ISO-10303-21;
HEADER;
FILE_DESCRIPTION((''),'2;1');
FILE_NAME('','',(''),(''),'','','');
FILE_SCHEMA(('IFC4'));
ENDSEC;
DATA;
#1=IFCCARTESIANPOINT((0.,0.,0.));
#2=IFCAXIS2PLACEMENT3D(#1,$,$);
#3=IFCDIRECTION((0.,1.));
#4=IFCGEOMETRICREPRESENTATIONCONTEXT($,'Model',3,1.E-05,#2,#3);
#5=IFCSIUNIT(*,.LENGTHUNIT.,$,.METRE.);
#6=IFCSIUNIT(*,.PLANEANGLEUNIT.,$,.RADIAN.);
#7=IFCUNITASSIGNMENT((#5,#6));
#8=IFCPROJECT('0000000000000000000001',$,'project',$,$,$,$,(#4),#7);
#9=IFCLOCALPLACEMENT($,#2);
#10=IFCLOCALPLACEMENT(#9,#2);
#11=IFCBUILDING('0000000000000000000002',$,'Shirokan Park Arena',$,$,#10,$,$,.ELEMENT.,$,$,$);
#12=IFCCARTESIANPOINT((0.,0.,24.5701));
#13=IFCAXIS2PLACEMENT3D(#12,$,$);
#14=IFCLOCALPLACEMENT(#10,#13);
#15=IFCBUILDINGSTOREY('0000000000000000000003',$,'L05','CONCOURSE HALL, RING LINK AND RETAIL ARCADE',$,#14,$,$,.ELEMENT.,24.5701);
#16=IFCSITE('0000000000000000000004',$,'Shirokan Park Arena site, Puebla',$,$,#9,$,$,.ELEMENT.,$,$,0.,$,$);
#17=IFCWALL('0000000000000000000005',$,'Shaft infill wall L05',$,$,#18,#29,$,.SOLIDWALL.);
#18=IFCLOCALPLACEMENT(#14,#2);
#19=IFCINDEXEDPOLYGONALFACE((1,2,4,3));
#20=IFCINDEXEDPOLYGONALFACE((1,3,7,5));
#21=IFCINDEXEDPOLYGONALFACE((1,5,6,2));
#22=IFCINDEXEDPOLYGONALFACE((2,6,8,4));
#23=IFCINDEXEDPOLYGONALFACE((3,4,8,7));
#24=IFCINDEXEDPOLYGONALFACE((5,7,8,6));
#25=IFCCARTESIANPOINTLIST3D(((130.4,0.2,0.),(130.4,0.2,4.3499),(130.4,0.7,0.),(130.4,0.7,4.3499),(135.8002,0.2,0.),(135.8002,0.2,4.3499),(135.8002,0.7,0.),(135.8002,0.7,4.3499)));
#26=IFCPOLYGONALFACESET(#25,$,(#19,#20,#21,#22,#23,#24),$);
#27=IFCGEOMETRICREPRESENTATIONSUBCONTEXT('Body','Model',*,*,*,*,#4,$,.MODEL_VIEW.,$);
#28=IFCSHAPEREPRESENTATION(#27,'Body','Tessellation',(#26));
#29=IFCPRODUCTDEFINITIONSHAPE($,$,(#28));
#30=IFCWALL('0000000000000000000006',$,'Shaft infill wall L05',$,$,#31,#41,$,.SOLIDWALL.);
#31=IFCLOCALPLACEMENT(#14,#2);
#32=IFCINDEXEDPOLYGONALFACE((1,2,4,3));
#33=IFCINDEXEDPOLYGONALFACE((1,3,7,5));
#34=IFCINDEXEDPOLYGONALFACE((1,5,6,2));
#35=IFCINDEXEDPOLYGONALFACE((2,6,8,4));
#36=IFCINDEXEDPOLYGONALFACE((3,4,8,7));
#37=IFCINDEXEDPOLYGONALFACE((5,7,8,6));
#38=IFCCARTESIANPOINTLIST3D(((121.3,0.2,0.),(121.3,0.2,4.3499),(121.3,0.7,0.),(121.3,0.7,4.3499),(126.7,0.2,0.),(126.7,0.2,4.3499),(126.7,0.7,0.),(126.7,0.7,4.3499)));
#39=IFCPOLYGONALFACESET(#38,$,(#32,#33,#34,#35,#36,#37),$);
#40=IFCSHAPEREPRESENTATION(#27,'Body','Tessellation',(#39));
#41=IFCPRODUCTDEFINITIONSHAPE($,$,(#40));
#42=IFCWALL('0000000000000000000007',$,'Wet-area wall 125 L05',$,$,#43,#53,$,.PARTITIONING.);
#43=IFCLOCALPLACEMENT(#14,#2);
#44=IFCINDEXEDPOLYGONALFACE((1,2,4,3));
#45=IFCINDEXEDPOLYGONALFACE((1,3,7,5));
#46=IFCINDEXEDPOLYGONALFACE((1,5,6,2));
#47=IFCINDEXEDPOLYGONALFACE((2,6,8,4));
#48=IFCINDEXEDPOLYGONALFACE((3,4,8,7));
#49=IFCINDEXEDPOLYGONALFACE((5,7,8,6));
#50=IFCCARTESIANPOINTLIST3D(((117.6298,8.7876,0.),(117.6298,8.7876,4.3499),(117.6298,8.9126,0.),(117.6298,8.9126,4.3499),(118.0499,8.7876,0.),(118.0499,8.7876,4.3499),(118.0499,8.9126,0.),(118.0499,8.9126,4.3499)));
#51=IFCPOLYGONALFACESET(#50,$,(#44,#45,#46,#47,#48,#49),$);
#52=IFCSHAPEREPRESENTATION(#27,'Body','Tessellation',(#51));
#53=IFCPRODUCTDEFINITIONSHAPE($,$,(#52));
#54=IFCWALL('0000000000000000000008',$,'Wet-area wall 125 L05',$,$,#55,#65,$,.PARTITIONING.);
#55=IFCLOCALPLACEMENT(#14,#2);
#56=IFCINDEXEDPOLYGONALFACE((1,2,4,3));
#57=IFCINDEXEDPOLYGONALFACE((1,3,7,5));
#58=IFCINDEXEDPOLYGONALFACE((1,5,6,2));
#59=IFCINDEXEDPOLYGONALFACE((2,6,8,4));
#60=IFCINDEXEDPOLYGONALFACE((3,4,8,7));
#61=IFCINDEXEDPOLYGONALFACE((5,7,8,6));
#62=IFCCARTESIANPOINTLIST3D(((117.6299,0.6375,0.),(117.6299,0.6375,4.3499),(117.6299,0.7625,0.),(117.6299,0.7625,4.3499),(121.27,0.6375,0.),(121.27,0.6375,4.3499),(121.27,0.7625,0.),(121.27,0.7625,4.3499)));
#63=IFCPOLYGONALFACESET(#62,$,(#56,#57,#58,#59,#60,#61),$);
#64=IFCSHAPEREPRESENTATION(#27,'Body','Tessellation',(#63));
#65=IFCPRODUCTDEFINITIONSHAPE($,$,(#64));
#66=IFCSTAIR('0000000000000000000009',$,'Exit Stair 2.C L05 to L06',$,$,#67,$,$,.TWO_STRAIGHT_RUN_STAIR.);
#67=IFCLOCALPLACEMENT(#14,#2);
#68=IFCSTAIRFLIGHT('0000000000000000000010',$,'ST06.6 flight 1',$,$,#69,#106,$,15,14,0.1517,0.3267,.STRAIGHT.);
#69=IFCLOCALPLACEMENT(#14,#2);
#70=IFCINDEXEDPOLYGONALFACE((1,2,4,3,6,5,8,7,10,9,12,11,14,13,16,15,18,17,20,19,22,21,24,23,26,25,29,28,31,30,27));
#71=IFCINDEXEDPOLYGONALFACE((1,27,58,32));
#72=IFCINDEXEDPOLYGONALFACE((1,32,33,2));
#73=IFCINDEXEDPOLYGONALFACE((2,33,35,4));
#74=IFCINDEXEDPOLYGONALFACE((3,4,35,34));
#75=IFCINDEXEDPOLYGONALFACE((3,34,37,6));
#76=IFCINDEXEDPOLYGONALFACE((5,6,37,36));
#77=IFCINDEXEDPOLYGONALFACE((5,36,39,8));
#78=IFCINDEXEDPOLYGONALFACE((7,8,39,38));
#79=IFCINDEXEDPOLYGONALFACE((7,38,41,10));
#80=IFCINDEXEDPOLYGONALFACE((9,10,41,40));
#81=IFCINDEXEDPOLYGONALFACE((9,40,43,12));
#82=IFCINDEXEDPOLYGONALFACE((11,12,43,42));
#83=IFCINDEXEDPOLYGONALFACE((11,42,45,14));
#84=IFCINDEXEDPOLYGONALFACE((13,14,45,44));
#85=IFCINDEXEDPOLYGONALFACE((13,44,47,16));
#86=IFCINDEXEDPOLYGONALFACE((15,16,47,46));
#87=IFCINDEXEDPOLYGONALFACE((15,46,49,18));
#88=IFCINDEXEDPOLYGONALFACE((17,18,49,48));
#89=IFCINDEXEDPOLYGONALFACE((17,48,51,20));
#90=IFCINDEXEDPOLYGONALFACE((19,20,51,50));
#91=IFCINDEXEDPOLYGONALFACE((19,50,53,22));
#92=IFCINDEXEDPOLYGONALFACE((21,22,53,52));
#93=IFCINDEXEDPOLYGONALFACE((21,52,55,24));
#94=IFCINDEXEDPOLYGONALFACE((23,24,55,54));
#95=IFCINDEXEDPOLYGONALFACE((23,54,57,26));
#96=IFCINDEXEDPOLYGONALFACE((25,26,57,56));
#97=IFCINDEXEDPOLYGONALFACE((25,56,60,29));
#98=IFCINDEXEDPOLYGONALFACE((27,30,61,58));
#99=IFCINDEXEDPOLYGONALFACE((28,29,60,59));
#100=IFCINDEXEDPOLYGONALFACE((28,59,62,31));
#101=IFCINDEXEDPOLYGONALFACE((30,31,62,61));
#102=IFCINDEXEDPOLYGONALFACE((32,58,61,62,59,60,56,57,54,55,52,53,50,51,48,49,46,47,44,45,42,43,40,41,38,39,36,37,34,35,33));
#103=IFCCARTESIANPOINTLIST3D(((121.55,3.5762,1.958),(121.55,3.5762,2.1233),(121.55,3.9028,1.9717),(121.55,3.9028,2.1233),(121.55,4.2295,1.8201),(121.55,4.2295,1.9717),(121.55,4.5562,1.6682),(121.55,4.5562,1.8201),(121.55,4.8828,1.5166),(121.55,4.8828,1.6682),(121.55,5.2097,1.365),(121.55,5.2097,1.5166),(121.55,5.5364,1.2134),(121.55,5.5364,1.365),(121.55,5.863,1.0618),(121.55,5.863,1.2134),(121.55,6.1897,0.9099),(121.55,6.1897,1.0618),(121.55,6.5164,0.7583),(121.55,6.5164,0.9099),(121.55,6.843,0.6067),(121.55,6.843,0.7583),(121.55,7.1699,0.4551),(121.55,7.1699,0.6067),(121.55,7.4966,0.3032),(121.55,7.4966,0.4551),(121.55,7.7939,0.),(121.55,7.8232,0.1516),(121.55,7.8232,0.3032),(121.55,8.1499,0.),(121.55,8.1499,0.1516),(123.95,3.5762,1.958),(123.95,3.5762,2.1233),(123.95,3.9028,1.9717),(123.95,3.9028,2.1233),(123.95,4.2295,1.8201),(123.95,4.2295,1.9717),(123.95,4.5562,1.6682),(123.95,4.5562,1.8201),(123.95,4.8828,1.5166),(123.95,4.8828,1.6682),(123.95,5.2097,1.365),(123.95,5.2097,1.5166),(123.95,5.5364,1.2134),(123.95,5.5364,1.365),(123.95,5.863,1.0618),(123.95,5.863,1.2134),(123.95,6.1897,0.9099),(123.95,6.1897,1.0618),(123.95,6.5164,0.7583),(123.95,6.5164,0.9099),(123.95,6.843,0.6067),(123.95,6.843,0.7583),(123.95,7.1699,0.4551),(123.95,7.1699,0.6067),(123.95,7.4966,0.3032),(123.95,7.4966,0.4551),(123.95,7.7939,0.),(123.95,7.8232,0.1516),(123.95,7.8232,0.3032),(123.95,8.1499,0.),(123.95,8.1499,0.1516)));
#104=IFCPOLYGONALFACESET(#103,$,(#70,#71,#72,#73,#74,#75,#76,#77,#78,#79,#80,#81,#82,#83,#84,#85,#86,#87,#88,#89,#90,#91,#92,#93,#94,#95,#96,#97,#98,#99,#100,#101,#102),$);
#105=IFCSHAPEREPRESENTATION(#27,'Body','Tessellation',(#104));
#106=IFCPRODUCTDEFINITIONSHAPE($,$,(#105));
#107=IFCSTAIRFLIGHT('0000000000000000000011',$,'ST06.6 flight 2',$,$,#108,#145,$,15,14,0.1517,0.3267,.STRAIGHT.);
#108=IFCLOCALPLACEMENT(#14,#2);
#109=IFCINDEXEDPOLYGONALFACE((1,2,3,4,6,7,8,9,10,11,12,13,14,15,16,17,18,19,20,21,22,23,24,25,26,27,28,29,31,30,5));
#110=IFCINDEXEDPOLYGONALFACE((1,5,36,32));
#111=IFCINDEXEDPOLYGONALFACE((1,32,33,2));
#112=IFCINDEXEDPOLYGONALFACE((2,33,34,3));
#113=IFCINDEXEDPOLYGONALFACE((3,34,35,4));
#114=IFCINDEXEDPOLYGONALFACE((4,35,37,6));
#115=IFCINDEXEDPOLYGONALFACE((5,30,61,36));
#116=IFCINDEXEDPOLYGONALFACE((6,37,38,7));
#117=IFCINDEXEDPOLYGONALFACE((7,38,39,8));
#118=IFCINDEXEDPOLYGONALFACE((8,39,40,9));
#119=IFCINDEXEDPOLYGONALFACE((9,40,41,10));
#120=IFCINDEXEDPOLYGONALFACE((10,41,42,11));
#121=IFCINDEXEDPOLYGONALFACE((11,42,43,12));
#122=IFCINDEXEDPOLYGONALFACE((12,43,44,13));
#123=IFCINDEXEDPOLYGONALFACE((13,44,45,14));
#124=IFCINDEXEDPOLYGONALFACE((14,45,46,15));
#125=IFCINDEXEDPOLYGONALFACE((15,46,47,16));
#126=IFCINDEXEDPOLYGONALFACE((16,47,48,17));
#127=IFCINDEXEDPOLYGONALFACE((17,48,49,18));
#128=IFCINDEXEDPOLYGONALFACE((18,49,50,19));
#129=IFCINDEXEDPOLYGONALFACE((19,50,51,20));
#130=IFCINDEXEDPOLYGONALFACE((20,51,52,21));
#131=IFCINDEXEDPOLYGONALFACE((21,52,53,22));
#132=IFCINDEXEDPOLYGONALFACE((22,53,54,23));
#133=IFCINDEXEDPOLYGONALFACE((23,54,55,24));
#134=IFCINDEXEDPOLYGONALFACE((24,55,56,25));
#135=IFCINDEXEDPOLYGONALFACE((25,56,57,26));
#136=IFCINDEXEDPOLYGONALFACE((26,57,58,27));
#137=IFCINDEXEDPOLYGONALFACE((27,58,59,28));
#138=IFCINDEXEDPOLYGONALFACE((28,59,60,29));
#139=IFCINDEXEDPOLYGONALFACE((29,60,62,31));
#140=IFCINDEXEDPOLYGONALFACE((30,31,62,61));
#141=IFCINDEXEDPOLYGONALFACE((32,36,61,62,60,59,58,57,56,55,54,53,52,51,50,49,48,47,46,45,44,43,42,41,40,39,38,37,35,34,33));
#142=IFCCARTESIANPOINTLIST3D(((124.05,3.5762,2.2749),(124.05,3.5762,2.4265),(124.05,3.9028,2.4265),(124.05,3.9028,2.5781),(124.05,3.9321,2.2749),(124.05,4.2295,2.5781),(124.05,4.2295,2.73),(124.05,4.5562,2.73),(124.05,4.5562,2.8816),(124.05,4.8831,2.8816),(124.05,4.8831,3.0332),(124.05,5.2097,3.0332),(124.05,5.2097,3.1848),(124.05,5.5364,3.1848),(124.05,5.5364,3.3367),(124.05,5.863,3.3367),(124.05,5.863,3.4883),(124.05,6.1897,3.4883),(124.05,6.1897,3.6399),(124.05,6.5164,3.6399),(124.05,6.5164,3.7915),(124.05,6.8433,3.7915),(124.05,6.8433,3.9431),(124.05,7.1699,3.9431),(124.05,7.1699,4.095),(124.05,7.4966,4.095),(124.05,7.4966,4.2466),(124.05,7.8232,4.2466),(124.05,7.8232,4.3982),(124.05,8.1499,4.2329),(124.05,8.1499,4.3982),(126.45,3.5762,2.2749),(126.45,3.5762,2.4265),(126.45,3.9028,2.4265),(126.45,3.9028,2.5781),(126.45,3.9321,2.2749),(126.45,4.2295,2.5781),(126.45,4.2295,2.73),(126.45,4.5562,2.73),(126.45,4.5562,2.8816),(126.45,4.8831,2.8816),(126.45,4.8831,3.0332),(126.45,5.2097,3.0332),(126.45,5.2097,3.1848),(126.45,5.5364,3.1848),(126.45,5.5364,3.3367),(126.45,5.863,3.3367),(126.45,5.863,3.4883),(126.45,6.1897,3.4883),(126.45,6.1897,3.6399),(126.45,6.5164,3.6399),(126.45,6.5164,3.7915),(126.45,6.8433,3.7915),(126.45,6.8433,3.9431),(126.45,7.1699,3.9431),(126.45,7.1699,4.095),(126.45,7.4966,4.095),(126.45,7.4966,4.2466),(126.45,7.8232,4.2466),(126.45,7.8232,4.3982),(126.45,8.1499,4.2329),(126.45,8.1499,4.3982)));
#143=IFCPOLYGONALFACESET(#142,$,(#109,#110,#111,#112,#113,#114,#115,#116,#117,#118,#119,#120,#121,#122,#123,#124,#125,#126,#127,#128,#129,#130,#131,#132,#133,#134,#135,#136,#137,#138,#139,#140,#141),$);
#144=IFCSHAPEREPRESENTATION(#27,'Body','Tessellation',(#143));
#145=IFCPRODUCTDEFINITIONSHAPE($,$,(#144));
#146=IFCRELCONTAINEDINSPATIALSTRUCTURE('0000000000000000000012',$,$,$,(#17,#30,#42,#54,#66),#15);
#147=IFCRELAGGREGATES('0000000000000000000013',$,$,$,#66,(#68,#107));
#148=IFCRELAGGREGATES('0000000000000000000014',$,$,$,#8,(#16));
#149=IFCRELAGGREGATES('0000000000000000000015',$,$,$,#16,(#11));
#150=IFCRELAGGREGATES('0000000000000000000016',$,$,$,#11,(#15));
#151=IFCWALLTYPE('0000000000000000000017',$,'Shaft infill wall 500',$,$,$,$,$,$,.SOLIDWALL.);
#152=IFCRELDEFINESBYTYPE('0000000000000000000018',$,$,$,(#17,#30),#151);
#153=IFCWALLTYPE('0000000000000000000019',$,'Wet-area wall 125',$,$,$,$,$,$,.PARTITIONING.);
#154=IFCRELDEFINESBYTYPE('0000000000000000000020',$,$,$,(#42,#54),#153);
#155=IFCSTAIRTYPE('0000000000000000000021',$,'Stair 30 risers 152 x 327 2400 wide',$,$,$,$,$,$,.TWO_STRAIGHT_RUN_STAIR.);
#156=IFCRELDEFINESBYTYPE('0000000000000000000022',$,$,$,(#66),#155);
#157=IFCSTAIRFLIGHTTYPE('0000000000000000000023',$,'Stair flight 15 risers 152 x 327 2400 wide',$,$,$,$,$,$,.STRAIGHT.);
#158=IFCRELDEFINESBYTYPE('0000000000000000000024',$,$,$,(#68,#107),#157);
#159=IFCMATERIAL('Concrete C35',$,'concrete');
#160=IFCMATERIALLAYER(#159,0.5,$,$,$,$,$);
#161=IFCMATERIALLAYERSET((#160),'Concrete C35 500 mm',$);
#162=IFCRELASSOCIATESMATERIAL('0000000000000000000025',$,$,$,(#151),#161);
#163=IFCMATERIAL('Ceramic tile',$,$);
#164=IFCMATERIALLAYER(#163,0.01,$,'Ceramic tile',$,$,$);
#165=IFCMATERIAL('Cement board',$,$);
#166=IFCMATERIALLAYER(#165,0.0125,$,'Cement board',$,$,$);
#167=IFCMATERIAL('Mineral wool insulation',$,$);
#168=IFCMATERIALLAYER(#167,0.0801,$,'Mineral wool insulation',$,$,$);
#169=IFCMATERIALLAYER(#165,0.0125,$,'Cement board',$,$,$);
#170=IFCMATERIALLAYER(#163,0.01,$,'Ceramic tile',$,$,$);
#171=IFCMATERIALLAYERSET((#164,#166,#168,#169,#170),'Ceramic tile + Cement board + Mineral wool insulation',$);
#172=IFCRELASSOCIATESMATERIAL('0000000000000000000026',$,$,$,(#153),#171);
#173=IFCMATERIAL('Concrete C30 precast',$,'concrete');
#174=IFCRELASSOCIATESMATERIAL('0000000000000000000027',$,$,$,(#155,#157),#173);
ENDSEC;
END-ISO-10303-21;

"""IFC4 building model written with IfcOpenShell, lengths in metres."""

from ifc_helpers import new_model, si_unit, direction, frame, frame_2d, origin, place, context, subcontext, project, spatial, polyline, rectangle, outline, extrude, material, layer, layer_set, type_object, element, aggregate, save


model = new_model("IFC4")

# Units and contexts
model_context = context("Model", 3, precision=1e-05, world=origin(), true_north=direction((0.0, 1.0)))
body_context = subcontext(model_context, "Body", "Model", "MODEL_VIEW")
ifc_project = project(units=[si_unit("LENGTHUNIT", "METRE"), si_unit("PLANEANGLEUNIT", "RADIAN")], contexts=[model_context])

# Site, building, storey
site_placement = place(None, origin())
site = spatial("IfcSite", under=ifc_project, at=site_placement, Name="Shirokan Park Arena site, Puebla", CompositionType="ELEMENT", RefElevation=0.0)
building_placement = place(site_placement, origin())
building = spatial("IfcBuilding", under=site, at=building_placement, Name="Shirokan Park Arena", CompositionType="ELEMENT")
storey_placement = place(building_placement, frame((0.0, 0.0, 24.5701)))
storey = spatial("IfcBuildingStorey", under=building, at=storey_placement, Name="L05", Description="CONCOURSE HALL, RING LINK AND RETAIL ARCADE", CompositionType="ELEMENT", Elevation=24.5701)

# Shared definitions
ifc_material_1 = material(Name="Concrete C35", Category="concrete")

# Walls
ifc_material_2 = material(Name="Mineral wool insulation")
ifc_layer_1 = layer(ifc_material_1, 0.5)
ifc_layer_set_1 = layer_set([ifc_layer_1], Name="Concrete C35 500 mm")
wall_type_1 = type_object("IfcWallType", Name="Shaft infill wall 500", PredefinedType="SOLIDWALL", material=ifc_layer_set_1)
wall_1_placement = place(storey_placement, frame((130.3999, 0.45, 0.0), z_axis=(0.0, 0.0, 1.0), x_axis=(1.0, 0.0, 0.0)))
element("IfcWall", 1, at=wall_1_placement, inside=storey, type_object=wall_type_1, Name="Shaft infill wall L05", PredefinedType="SOLIDWALL", context=body_context, shape_type="SweptSolid", body=[
    extrude(rectangle(XDim=5.4001, YDim=0.5, at=frame_2d((2.7002, 0.0))), origin(), (0.0, 0.0, 1.0), 4.3499),
])
wall_2_placement = place(storey_placement, frame((121.3, 0.45, 0.0), z_axis=(0.0, 0.0, 1.0), x_axis=(1.0, 0.0, 0.0)))
element("IfcWall", 2, at=wall_2_placement, inside=storey, type_object=wall_type_1, Name="Shaft infill wall L05", PredefinedType="SOLIDWALL", context=body_context, shape_type="SweptSolid", body=[
    extrude(rectangle(XDim=5.3999, YDim=0.5, at=frame_2d((2.7, 0.0))), origin(), (0.0, 0.0, 1.0), 4.3499),
])
ifc_material_3 = material(Name="Ceramic tile")
ifc_layer_2 = layer(ifc_material_3, 0.01, Name="Ceramic tile")
ifc_material_4 = material(Name="Cement board")
ifc_layer_3 = layer(ifc_material_4, 0.0125, Name="Cement board")
ifc_layer_4 = layer(ifc_material_2, 0.0801, Name="Mineral wool insulation")
ifc_layer_5 = layer(ifc_material_4, 0.0125, Name="Cement board")
ifc_layer_6 = layer(ifc_material_3, 0.01, Name="Ceramic tile")
ifc_layer_set_2 = layer_set([ifc_layer_2, ifc_layer_3, ifc_layer_4, ifc_layer_5, ifc_layer_6], Name="Ceramic tile + Cement board + Mineral wool insulation")
wall_type_2 = type_object("IfcWallType", Name="Wet-area wall 125", PredefinedType="PARTITIONING", material=ifc_layer_set_2)
wall_3_placement = place(storey_placement, frame((117.6299, 8.8501, 0.0), z_axis=(0.0, 0.0, 1.0), x_axis=(1.0, 0.0, 0.0)))
element("IfcWall", 3, at=wall_3_placement, inside=storey, type_object=wall_type_2, Name="Wet-area wall 125 L05", PredefinedType="PARTITIONING", context=body_context, shape_type="SweptSolid", body=[
    extrude(rectangle(XDim=0.4202, YDim=0.125, at=frame_2d((0.21, 0.0))), origin(), (0.0, 0.0, 1.0), 4.3499),
])
wall_4_placement = place(storey_placement, frame((121.27, 0.7, 0.0), z_axis=(0.0, 0.0, 1.0), x_axis=(-1.0, 0.0, 0.0)))
element("IfcWall", 4, at=wall_4_placement, inside=storey, type_object=wall_type_2, Name="Wet-area wall 125 L05", PredefinedType="PARTITIONING", context=body_context, shape_type="SweptSolid", body=[
    extrude(rectangle(XDim=3.6401, YDim=0.125, at=frame_2d((1.8201, 0.0))), origin(), (0.0, 0.0, 1.0), 4.3499),
])

# Stair, stair flights
ifc_material_5 = material(Name="Concrete C30 precast", Category="concrete")
stair_type = type_object("IfcStairType", Name="Stair 30 risers 152 x 327 2400 wide", PredefinedType="TWO_STRAIGHT_RUN_STAIR", material=ifc_material_5)
stair_1_placement = place(storey_placement, origin())
stair_1 = element("IfcStair", 5, at=stair_1_placement, inside=storey, type_object=stair_type, Name="Exit Stair 2.C L05 to L06", PredefinedType="TWO_STRAIGHT_RUN_STAIR")
stair_flight_type = type_object("IfcStairFlightType", Name="Stair flight 15 risers 152 x 327 2400 wide", PredefinedType="STRAIGHT", material=ifc_material_5)
stair_flight_1_placement = place(storey_placement, frame((122.75, 8.1499, 0.0), z_axis=(0.0, 0.0, 1.0), x_axis=(0.0, -1.0, 0.0)))
stair_flight_1 = element("IfcStairFlight", 6, at=stair_flight_1_placement, type_object=stair_flight_type, Name="ST06.6 flight 1", NumberOfRisers=15, NumberOfTreads=14, PredefinedType="STRAIGHT", RiserHeight=0.1517, TreadLength=0.3267, context=body_context, shape_type="SweptSolid", body=[
    extrude(outline(polyline([(0.0, 0.0), (0.0, 0.1516), (0.3267, 0.1516), (0.3267, 0.3032), (0.6533, 0.3032), (0.6533, 0.4551), (0.98, 0.4551), (0.98, 0.6067), (1.3069, 0.6067), (1.3069, 0.7583), (1.6335, 0.7583), (1.6335, 0.9099), (1.9602, 0.9099), (1.9602, 1.0618), (2.2869, 1.0618), (2.2869, 1.2134), (2.6135, 1.2134), (2.6135, 1.365), (2.9402, 1.365), (2.9402, 1.5166), (3.2671, 1.5166), (3.2671, 1.6682), (3.5938, 1.6682), (3.5938, 1.8201), (3.9204, 1.8201), (3.9204, 1.9717), (4.2471, 1.9717), (4.2471, 2.1233), (4.5737, 2.1233), (4.5737, 2.2749), (4.5737, 1.958), (0.356, 0.0), (0.0, 0.0)])), frame((0.0, 1.2, 0.0), z_axis=(0.0, -1.0, 0.0), x_axis=(1.0, 0.0, 0.0)), (0.0, 0.0, 1.0), 2.3999),
])
stair_flight_2_placement = place(storey_placement, frame((125.25, 3.5762, 2.2749), z_axis=(0.0, 0.0, 1.0), x_axis=(0.0, 1.0, 0.0)))
stair_flight_2 = element("IfcStairFlight", 7, at=stair_flight_2_placement, type_object=stair_flight_type, Name="ST06.6 flight 2", NumberOfRisers=15, NumberOfTreads=14, PredefinedType="STRAIGHT", RiserHeight=0.1517, TreadLength=0.3267, context=body_context, shape_type="SweptSolid", body=[
    extrude(outline(polyline([(0.0, 0.0), (0.0, 0.1516), (0.3267, 0.1516), (0.3267, 0.3032), (0.6533, 0.3032), (0.6533, 0.4551), (0.98, 0.4551), (0.98, 0.6067), (1.3069, 0.6067), (1.3069, 0.7583), (1.6335, 0.7583), (1.6335, 0.9099), (1.9602, 0.9099), (1.9602, 1.0618), (2.2869, 1.0618), (2.2869, 1.2134), (2.6135, 1.2134), (2.6135, 1.365), (2.9402, 1.365), (2.9402, 1.5166), (3.2671, 1.5166), (3.2671, 1.6682), (3.5938, 1.6682), (3.5938, 1.8201), (3.9204, 1.8201), (3.9204, 1.9717), (4.2471, 1.9717), (4.2471, 2.1233), (4.5737, 2.1233), (4.5737, 2.2749), (4.5737, 1.958), (0.356, 0.0), (0.0, 0.0)])), frame((0.0, 1.2, 0.0), z_axis=(0.0, -1.0, 0.0), x_axis=(1.0, 0.0, 0.0)), (0.0, 0.0, 1.0), 2.3999),
])
aggregate(stair_1, [stair_flight_1, stair_flight_2])

save(model, "model.ifc")
